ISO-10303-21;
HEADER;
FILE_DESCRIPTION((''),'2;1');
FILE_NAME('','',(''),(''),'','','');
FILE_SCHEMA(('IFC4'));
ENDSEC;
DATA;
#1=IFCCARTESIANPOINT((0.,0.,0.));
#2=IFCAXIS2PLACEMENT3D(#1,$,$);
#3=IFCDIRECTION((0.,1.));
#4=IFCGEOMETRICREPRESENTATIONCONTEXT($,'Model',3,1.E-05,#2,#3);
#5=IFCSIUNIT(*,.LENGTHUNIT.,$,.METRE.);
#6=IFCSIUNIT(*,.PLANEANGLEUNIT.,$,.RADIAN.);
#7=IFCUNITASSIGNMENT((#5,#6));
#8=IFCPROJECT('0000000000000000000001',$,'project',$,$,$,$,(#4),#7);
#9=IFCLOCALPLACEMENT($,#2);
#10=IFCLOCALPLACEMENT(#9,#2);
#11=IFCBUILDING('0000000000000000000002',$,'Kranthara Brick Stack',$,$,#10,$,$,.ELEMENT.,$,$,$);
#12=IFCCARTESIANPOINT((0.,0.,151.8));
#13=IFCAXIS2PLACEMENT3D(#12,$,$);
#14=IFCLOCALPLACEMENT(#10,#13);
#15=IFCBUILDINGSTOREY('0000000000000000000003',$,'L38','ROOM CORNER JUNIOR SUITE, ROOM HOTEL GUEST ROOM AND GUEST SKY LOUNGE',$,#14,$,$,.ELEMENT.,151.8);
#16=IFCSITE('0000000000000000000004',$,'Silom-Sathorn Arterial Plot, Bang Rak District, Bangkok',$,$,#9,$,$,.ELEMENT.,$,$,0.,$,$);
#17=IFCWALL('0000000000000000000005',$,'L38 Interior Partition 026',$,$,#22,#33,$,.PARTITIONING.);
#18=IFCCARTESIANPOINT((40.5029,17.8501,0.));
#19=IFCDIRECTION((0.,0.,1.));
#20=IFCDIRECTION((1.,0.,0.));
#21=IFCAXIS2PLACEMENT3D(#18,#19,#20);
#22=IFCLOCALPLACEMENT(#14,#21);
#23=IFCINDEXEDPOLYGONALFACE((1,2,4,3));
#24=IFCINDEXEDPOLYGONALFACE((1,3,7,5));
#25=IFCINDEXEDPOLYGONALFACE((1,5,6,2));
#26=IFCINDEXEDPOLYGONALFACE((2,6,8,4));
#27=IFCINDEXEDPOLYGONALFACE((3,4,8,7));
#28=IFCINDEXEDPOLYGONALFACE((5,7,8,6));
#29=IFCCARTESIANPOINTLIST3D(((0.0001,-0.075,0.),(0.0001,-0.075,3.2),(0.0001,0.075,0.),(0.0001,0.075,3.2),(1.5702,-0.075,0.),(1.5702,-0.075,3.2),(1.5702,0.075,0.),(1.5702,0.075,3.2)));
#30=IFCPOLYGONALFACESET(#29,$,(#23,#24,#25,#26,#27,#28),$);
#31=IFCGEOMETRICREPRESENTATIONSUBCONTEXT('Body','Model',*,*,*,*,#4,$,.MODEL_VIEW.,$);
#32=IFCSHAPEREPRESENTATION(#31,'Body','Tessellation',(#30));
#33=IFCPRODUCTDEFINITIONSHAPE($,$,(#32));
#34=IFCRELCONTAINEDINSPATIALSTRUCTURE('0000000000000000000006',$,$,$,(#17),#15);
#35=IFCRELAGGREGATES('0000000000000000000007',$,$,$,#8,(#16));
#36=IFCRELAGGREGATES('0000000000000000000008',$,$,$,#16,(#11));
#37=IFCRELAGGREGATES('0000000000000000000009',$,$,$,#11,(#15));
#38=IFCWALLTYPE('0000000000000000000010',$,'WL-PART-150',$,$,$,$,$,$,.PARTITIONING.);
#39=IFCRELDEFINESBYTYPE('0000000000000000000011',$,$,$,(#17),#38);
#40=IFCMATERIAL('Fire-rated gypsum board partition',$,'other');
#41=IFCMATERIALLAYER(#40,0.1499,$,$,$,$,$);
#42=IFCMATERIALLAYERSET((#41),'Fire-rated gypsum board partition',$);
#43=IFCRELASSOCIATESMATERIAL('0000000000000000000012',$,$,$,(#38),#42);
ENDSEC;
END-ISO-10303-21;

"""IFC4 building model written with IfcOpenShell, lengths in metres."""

from ifc_helpers import new_model, si_unit, direction, frame, frame_2d, origin, place, context, subcontext, project, spatial, rectangle, extrude, material, layer, layer_set, type_object, element, save


model = new_model("IFC4")

# Units and contexts
model_context = context("Model", 3, precision=1e-05, world=origin(), true_north=direction((0.0, 1.0)))
body_context = subcontext(model_context, "Body", "Model", "MODEL_VIEW")
ifc_project = project(units=[si_unit("LENGTHUNIT", "METRE"), si_unit("PLANEANGLEUNIT", "RADIAN")], contexts=[model_context])

# Site, building, storey
site_placement = place(None, origin())
site = spatial("IfcSite", under=ifc_project, at=site_placement, Name="Silom-Sathorn Arterial Plot, Bang Rak District, Bangkok", CompositionType="ELEMENT", RefElevation=0.0)
building_placement = place(site_placement, origin())
building = spatial("IfcBuilding", under=site, at=building_placement, Name="Kranthara Brick Stack", CompositionType="ELEMENT")
storey_placement = place(building_placement, frame((0.0, 0.0, 151.8)))
storey = spatial("IfcBuildingStorey", under=building, at=storey_placement, Name="L38", Description="ROOM CORNER JUNIOR SUITE, ROOM HOTEL GUEST ROOM AND GUEST SKY LOUNGE", CompositionType="ELEMENT", Elevation=151.8)

# Wall
ifc_material_1 = material(Name="Fire-rated gypsum board partition", Category="other")
ifc_layer_1 = layer(ifc_material_1, 0.1499)
ifc_layer_set_1 = layer_set([ifc_layer_1], Name="Fire-rated gypsum board partition")
wall_type_1 = type_object("IfcWallType", Name="WL-PART-150", PredefinedType="PARTITIONING", material=ifc_layer_set_1)
wall_1_placement = place(storey_placement, frame((40.5029, 17.8501, 0.0), z_axis=(0.0, 0.0, 1.0), x_axis=(1.0, 0.0, 0.0)))
element("IfcWall", 1, at=wall_1_placement, inside=storey, type_object=wall_type_1, Name="L38 Interior Partition 026", PredefinedType="PARTITIONING", context=body_context, shape_type="SweptSolid", body=[
    extrude(rectangle(XDim=1.5701, YDim=0.1499, at=frame_2d((0.7852, 0.0))), origin(), (0.0, 0.0, 1.0), 3.2),
])

save(model, "model.ifc")
